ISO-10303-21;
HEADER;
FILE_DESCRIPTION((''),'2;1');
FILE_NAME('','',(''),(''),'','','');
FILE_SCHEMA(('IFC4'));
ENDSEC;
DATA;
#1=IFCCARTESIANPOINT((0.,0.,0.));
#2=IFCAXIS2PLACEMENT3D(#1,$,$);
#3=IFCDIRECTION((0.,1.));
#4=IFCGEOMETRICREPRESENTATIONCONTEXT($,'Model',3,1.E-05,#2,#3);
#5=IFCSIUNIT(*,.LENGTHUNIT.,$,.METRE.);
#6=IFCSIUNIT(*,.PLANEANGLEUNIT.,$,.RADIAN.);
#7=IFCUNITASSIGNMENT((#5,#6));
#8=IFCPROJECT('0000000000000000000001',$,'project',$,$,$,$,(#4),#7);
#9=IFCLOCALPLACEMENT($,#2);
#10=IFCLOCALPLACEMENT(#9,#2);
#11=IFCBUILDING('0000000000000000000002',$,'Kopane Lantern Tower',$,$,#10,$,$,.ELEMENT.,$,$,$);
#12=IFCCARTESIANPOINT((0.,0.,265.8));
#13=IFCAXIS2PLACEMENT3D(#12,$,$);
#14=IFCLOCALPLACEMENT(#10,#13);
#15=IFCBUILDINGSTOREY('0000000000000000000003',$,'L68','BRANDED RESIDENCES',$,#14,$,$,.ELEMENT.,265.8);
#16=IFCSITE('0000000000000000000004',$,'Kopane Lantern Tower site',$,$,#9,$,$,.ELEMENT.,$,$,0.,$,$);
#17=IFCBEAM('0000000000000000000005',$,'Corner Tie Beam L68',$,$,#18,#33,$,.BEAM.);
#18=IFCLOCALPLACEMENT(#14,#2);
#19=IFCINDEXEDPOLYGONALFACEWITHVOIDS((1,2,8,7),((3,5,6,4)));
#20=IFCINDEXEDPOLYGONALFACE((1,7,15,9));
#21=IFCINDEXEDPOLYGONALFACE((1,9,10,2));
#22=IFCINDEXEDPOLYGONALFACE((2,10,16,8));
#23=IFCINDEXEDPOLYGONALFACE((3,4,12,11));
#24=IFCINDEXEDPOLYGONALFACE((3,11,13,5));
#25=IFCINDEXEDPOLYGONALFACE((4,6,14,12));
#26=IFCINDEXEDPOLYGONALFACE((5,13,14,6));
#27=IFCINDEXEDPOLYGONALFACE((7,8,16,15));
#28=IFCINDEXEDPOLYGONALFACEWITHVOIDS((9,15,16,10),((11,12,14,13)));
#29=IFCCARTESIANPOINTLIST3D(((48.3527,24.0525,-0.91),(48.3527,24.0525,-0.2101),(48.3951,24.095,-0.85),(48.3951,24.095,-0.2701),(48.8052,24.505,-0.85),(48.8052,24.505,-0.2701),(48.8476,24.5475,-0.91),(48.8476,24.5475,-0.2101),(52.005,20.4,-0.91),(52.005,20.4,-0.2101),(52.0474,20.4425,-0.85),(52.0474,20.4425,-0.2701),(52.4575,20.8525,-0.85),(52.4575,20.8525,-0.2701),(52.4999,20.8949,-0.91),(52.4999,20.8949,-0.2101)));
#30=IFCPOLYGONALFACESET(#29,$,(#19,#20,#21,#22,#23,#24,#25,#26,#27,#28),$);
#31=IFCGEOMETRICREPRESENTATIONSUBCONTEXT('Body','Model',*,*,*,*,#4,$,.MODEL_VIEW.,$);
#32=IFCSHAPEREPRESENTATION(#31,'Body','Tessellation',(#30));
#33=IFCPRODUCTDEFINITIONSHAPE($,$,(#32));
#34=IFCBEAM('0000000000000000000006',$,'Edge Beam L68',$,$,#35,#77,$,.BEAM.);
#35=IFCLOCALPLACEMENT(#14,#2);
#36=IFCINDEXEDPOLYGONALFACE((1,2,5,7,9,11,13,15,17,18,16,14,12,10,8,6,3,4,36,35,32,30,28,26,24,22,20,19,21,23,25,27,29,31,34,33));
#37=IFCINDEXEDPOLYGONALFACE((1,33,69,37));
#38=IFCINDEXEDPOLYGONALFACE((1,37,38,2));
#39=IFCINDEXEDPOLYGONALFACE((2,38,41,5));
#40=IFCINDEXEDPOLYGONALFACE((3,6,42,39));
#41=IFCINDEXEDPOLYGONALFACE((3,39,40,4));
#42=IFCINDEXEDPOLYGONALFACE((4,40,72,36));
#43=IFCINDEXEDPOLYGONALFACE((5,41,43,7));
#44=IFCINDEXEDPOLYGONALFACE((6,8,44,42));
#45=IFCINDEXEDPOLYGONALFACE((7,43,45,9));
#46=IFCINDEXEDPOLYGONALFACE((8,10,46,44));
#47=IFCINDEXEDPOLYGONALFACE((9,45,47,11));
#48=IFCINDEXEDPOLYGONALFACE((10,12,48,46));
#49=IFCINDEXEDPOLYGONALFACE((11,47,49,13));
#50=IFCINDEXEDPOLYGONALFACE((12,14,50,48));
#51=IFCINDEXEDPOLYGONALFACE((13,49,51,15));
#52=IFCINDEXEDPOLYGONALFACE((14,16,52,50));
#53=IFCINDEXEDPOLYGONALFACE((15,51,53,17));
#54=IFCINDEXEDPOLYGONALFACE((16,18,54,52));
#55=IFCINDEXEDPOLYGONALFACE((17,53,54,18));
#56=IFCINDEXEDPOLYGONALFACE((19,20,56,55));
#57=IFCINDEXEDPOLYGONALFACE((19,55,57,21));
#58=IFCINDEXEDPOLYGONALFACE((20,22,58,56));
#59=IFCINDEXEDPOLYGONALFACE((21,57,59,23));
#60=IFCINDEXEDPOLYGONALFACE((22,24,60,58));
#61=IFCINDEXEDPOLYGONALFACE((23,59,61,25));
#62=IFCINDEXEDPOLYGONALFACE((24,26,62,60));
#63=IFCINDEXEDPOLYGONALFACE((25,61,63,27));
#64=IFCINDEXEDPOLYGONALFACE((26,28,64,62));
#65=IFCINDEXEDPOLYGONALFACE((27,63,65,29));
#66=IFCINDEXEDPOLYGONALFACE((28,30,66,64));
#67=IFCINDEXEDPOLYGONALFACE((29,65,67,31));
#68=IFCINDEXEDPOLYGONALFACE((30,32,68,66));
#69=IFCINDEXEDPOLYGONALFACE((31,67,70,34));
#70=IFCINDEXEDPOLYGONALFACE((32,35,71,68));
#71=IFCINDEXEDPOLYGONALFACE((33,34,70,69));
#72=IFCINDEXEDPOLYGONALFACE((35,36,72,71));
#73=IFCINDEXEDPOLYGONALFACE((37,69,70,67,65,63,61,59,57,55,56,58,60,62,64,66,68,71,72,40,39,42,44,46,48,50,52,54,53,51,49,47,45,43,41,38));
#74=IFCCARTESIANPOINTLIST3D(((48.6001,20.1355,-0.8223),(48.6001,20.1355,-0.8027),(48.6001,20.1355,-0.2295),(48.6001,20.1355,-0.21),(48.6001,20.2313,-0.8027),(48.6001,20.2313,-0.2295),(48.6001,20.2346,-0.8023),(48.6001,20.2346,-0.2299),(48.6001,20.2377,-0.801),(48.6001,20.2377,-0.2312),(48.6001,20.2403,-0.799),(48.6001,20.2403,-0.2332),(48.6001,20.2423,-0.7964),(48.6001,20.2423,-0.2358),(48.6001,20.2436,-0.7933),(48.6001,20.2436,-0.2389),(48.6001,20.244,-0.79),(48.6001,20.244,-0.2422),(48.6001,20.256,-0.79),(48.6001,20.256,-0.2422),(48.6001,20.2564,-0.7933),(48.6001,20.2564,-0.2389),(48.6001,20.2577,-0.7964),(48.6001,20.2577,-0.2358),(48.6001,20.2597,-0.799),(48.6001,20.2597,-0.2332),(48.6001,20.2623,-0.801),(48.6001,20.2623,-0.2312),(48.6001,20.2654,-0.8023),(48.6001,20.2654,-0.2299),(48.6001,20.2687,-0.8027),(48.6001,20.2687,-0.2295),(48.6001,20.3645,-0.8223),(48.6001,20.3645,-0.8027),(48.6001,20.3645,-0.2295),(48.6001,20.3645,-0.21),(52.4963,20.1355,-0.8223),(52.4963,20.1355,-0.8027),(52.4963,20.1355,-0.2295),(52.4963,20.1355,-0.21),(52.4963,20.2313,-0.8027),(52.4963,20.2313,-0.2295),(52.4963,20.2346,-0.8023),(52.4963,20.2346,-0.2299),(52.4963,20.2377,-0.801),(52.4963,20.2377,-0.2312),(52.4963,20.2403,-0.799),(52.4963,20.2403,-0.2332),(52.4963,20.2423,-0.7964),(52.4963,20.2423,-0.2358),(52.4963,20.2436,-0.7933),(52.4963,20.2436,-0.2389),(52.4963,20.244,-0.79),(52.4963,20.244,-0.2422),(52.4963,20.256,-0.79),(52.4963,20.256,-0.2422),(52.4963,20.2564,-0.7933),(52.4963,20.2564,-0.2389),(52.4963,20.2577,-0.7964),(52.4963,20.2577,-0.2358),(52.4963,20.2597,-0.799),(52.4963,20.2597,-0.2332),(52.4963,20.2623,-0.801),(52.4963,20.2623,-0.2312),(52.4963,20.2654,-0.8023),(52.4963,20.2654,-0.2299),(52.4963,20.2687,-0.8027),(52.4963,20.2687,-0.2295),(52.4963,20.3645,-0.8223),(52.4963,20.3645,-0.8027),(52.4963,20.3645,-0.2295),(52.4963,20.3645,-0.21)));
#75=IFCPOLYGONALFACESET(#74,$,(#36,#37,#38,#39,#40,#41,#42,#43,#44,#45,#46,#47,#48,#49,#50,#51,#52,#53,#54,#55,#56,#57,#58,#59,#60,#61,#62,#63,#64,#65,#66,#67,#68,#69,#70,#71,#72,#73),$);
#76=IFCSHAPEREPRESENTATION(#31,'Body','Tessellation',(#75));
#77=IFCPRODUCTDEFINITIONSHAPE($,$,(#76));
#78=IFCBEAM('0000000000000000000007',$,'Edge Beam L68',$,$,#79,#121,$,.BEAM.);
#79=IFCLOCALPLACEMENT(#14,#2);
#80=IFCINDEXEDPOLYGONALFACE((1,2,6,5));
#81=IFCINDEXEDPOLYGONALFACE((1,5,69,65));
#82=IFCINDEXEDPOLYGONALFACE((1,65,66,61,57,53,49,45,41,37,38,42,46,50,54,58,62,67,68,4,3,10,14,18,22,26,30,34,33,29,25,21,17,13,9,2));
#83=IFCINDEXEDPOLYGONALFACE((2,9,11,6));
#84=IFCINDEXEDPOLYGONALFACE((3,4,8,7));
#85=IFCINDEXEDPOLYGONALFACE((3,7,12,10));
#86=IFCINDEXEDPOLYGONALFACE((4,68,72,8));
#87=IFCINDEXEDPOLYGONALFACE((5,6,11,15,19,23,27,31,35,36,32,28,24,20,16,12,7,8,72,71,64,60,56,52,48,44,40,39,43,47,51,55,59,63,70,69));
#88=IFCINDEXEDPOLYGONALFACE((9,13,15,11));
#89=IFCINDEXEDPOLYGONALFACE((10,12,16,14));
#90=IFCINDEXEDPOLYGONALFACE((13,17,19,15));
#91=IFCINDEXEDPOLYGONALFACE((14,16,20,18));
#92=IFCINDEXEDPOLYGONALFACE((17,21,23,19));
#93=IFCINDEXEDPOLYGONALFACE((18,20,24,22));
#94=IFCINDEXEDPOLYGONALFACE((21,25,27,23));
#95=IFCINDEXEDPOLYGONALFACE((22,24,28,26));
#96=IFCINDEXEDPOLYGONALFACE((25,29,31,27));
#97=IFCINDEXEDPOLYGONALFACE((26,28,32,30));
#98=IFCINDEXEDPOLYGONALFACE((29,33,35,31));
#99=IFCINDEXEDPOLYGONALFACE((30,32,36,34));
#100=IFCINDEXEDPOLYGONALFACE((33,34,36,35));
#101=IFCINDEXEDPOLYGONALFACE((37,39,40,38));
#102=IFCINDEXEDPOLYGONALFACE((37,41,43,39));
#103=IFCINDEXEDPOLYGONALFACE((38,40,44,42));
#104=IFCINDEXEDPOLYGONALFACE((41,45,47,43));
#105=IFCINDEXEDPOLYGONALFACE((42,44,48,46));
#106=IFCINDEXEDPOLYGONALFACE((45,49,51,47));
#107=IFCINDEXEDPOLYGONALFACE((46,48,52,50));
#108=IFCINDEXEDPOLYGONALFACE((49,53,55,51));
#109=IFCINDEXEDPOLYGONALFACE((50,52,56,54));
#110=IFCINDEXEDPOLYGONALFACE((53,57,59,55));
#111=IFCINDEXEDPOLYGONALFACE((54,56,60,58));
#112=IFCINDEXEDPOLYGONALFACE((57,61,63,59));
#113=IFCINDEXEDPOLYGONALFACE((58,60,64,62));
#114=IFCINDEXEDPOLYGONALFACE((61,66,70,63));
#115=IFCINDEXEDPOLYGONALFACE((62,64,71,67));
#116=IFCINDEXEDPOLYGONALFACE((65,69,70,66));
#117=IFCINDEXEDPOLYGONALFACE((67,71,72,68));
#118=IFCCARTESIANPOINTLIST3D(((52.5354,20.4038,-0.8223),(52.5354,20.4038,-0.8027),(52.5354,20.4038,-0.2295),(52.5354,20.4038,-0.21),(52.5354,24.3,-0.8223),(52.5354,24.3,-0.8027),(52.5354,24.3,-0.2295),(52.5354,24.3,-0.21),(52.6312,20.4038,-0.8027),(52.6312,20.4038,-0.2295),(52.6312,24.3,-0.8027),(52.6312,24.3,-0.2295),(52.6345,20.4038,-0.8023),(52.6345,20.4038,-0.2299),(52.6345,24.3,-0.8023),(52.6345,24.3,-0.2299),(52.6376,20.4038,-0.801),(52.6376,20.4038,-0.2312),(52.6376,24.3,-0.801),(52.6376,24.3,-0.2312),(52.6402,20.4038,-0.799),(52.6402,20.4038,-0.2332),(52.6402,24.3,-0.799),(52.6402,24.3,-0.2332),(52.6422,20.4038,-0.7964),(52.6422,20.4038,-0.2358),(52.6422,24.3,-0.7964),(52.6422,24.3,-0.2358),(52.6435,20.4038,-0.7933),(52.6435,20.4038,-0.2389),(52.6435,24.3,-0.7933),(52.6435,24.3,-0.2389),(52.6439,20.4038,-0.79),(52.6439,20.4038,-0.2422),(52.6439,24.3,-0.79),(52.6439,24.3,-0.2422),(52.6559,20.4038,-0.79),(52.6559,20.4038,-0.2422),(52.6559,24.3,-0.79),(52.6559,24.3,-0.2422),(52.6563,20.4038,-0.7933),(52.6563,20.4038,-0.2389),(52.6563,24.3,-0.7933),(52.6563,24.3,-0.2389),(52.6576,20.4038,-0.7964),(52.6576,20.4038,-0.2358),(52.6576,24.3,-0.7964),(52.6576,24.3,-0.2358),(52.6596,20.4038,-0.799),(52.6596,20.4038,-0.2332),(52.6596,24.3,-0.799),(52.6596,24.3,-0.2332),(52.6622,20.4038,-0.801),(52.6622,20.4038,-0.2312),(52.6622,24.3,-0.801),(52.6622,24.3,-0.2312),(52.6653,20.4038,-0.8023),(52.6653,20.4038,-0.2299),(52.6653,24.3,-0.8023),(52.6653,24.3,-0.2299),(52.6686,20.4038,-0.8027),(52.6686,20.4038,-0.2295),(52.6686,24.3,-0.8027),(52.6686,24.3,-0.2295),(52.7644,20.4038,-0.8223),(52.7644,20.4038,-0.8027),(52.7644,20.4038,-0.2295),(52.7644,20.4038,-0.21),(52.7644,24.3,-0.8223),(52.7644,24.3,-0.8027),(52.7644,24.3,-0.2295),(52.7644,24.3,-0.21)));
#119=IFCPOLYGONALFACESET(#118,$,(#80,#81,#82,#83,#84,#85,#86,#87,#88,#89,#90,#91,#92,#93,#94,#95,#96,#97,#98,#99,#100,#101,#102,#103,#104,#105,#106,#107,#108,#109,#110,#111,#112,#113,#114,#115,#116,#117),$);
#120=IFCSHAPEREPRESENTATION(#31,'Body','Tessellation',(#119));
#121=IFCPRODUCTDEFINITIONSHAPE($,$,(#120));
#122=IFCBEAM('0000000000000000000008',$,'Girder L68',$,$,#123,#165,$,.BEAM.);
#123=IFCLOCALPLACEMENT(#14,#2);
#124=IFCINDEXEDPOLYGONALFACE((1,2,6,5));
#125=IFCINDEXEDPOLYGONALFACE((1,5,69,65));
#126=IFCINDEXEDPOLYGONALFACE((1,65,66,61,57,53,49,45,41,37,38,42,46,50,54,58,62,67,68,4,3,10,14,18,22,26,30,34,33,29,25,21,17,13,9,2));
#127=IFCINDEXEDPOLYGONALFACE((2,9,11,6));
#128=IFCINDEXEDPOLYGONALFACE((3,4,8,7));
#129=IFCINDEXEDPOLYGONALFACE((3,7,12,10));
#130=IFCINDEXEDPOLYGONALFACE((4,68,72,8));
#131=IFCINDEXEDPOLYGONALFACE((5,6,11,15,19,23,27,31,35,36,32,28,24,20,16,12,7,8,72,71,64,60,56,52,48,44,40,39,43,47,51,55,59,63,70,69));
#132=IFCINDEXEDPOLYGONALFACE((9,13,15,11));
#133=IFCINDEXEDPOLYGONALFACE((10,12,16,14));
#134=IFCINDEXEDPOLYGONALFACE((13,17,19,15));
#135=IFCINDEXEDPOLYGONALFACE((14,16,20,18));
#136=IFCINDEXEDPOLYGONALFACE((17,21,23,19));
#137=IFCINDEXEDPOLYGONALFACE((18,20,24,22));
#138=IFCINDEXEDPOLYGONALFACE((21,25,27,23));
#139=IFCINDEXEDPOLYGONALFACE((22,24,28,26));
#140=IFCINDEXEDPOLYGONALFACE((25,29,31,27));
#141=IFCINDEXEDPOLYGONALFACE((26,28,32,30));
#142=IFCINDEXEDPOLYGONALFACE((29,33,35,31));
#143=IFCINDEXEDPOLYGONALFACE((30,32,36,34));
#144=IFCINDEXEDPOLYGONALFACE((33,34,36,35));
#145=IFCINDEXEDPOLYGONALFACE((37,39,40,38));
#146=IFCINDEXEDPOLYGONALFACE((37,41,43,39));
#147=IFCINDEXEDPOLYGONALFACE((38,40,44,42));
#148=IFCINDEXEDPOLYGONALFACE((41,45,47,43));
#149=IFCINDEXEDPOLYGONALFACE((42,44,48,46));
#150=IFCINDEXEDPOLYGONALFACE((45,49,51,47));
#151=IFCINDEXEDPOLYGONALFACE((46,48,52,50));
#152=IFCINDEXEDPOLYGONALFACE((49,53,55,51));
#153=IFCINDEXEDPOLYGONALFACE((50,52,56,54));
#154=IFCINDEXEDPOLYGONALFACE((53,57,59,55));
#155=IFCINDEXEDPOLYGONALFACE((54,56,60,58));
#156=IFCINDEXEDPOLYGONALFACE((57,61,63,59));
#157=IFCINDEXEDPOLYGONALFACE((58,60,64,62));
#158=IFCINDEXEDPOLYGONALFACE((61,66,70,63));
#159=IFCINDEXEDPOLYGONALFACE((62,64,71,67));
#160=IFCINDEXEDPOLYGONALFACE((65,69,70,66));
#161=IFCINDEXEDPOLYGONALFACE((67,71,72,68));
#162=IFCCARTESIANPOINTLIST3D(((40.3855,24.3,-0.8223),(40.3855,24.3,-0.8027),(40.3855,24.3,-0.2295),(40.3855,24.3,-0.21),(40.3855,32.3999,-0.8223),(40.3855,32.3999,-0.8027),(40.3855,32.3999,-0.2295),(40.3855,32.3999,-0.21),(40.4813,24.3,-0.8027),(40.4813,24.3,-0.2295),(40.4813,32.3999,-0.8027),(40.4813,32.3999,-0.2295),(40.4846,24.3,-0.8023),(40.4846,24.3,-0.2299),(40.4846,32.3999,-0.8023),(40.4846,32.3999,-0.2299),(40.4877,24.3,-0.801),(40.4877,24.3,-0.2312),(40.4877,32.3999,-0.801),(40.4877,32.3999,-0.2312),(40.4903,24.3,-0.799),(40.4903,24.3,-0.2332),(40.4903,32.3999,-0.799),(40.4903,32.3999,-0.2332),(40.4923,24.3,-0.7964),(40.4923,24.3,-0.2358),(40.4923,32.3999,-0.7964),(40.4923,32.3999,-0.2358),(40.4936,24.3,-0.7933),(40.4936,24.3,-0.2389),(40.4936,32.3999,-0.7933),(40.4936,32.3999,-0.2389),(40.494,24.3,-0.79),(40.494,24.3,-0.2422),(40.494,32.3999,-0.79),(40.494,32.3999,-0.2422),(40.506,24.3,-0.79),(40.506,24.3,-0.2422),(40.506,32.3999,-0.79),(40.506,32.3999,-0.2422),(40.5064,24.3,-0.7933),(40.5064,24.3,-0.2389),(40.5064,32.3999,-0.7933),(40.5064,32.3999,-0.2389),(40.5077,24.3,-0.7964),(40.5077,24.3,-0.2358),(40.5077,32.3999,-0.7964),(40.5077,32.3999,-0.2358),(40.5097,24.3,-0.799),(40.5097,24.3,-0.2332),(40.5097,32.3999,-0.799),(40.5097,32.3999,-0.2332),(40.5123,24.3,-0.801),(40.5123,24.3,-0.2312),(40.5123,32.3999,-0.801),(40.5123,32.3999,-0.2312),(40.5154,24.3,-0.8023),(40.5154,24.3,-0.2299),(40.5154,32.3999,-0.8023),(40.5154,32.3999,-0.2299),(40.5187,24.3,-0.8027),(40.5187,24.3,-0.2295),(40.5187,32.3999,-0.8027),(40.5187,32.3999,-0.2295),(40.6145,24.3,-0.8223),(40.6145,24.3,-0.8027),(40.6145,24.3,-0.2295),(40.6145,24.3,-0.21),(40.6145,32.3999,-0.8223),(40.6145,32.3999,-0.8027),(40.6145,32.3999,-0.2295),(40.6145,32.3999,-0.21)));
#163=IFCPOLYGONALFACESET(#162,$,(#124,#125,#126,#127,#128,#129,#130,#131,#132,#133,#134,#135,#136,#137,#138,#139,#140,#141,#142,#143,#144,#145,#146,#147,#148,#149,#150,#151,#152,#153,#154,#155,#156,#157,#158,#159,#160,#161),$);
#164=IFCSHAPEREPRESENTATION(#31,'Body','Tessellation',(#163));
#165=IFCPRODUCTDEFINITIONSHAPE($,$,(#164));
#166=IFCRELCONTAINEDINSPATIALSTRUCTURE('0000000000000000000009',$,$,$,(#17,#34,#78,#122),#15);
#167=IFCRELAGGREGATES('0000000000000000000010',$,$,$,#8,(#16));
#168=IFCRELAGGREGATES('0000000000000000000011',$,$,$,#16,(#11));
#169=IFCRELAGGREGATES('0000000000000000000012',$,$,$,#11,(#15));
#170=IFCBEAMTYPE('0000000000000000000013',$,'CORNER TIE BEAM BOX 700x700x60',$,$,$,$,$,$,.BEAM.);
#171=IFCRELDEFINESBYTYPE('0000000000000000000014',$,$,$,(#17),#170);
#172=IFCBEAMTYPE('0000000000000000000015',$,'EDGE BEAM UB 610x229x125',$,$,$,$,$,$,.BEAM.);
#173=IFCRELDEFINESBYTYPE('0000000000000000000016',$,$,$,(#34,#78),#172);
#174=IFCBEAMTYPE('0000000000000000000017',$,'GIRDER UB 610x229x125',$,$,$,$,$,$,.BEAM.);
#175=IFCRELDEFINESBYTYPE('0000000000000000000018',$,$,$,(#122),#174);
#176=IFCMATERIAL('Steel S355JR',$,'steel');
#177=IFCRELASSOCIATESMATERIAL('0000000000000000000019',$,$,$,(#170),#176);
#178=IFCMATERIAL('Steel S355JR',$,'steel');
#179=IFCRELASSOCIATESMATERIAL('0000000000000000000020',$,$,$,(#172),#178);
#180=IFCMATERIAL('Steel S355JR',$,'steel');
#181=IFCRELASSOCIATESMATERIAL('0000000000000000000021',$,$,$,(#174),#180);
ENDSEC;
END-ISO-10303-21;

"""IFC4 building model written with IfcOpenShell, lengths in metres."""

from ifc_helpers import new_model, si_unit, direction, frame, origin, origin_2d, place, context, subcontext, project, spatial, hollow_rectangle, i_section, extrude, material, material_profile, profile_set, type_object, element, save


model = new_model("IFC4")

# Units and contexts
model_context = context("Model", 3, precision=1e-05, world=origin(), true_north=direction((0.0, 1.0)))
body_context = subcontext(model_context, "Body", "Model", "MODEL_VIEW")
ifc_project = project(units=[si_unit("LENGTHUNIT", "METRE"), si_unit("PLANEANGLEUNIT", "RADIAN")], contexts=[model_context])

# Site, building, storey
site_placement = place(None, origin())
site = spatial("IfcSite", under=ifc_project, at=site_placement, Name="Kopane Lantern Tower site", CompositionType="ELEMENT", RefElevation=0.0)
building_placement = place(site_placement, origin())
building = spatial("IfcBuilding", under=site, at=building_placement, Name="Kopane Lantern Tower", CompositionType="ELEMENT")
storey_placement = place(building_placement, frame((0.0, 0.0, 265.8)))
storey = spatial("IfcBuildingStorey", under=building, at=storey_placement, Name="L68", Description="BRANDED RESIDENCES", CompositionType="ELEMENT", Elevation=265.8)

# Beams
ifc_material_1 = material(Name="Steel S355JR", Category="steel")
ifc_material_profile_1 = material_profile(ifc_material_1, hollow_rectangle(XDim=0.7, YDim=0.7, WallThickness=0.0601, at=origin_2d()), Name="BOX 700x700x60")
ifc_profile_set_1 = profile_set([ifc_material_profile_1], Name="Steel S355JR")
beam_type_1 = type_object("IfcBeamType", Name="CORNER TIE BEAM BOX 700x700x60", PredefinedType="BEAM", material=ifc_profile_set_1)
beam_1_placement = place(storey_placement, frame((52.2524, 20.6475, -0.5601), z_axis=(-0.707083, 0.70713, 0.0), x_axis=(-0.70713, -0.707083, 0.0)))
element("IfcBeam", 1, at=beam_1_placement, inside=storey, type_object=beam_type_1, Name="Corner Tie Beam L68", PredefinedType="BEAM", context=body_context, shape_type="SweptSolid", body=[
    extrude(hollow_rectangle(XDim=0.7, YDim=0.7, WallThickness=0.0601, at=origin_2d()), origin(), (0.0, 0.0, 1.0), 5.1653),
])
ifc_material_2 = material(Name="Steel S355JR", Category="steel")
ifc_material_profile_2 = material_profile(ifc_material_2, i_section(OverallWidth=0.229, OverallDepth=0.6123, WebThickness=0.012, FlangeThickness=0.0195, FilletRadius=0.0127, at=origin_2d()), Name="UB 610x229x125")
ifc_profile_set_2 = profile_set([ifc_material_profile_2], Name="Steel S355JR")
beam_type_2 = type_object("IfcBeamType", Name="EDGE BEAM UB 610x229x125", PredefinedType="BEAM", material=ifc_profile_set_2)
for number, where, z_axis, x_axis, name in (
    (2, (52.4963, 20.25, -0.5161), (-1.0, 0.0, 0.0), (0.0, -1.0, 0.0), "Edge Beam L68"),
    (3, (52.6499, 20.4038, -0.5161), (0.0, 1.0, 0.0), (-1.0, 0.0, 0.0), "Edge Beam L68"),
):
    element("IfcBeam", number, at=place(storey_placement, frame(where, z_axis=z_axis, x_axis=x_axis)), inside=storey, type_object=beam_type_2, Name=name, PredefinedType="BEAM", context=body_context, shape_type="SweptSolid", body=[
        extrude(i_section(OverallWidth=0.229, OverallDepth=0.6123, WebThickness=0.012, FlangeThickness=0.0195, FilletRadius=0.0127, at=origin_2d()), origin(), (0.0, 0.0, 1.0), 3.8962),
    ])
ifc_material_3 = material(Name="Steel S355JR", Category="steel")
ifc_material_profile_3 = material_profile(ifc_material_3, i_section(OverallWidth=0.229, OverallDepth=0.6123, WebThickness=0.012, FlangeThickness=0.0195, FilletRadius=0.0127, at=origin_2d()), Name="UB 610x229x125")
ifc_profile_set_3 = profile_set([ifc_material_profile_3], Name="Steel S355JR")
beam_type_3 = type_object("IfcBeamType", Name="GIRDER UB 610x229x125", PredefinedType="BEAM", material=ifc_profile_set_3)
beam_2_placement = place(storey_placement, frame((40.5, 24.3, -0.5161), z_axis=(0.0, 1.0, 0.0), x_axis=(-1.0, 0.0, 0.0)))
element("IfcBeam", 4, at=beam_2_placement, inside=storey, type_object=beam_type_3, Name="Girder L68", PredefinedType="BEAM", context=body_context, shape_type="SweptSolid", body=[
    extrude(i_section(OverallWidth=0.229, OverallDepth=0.6123, WebThickness=0.012, FlangeThickness=0.0195, FilletRadius=0.0127, at=origin_2d()), origin(), (0.0, 0.0, 1.0), 8.0999),
])

save(model, "model.ifc")
